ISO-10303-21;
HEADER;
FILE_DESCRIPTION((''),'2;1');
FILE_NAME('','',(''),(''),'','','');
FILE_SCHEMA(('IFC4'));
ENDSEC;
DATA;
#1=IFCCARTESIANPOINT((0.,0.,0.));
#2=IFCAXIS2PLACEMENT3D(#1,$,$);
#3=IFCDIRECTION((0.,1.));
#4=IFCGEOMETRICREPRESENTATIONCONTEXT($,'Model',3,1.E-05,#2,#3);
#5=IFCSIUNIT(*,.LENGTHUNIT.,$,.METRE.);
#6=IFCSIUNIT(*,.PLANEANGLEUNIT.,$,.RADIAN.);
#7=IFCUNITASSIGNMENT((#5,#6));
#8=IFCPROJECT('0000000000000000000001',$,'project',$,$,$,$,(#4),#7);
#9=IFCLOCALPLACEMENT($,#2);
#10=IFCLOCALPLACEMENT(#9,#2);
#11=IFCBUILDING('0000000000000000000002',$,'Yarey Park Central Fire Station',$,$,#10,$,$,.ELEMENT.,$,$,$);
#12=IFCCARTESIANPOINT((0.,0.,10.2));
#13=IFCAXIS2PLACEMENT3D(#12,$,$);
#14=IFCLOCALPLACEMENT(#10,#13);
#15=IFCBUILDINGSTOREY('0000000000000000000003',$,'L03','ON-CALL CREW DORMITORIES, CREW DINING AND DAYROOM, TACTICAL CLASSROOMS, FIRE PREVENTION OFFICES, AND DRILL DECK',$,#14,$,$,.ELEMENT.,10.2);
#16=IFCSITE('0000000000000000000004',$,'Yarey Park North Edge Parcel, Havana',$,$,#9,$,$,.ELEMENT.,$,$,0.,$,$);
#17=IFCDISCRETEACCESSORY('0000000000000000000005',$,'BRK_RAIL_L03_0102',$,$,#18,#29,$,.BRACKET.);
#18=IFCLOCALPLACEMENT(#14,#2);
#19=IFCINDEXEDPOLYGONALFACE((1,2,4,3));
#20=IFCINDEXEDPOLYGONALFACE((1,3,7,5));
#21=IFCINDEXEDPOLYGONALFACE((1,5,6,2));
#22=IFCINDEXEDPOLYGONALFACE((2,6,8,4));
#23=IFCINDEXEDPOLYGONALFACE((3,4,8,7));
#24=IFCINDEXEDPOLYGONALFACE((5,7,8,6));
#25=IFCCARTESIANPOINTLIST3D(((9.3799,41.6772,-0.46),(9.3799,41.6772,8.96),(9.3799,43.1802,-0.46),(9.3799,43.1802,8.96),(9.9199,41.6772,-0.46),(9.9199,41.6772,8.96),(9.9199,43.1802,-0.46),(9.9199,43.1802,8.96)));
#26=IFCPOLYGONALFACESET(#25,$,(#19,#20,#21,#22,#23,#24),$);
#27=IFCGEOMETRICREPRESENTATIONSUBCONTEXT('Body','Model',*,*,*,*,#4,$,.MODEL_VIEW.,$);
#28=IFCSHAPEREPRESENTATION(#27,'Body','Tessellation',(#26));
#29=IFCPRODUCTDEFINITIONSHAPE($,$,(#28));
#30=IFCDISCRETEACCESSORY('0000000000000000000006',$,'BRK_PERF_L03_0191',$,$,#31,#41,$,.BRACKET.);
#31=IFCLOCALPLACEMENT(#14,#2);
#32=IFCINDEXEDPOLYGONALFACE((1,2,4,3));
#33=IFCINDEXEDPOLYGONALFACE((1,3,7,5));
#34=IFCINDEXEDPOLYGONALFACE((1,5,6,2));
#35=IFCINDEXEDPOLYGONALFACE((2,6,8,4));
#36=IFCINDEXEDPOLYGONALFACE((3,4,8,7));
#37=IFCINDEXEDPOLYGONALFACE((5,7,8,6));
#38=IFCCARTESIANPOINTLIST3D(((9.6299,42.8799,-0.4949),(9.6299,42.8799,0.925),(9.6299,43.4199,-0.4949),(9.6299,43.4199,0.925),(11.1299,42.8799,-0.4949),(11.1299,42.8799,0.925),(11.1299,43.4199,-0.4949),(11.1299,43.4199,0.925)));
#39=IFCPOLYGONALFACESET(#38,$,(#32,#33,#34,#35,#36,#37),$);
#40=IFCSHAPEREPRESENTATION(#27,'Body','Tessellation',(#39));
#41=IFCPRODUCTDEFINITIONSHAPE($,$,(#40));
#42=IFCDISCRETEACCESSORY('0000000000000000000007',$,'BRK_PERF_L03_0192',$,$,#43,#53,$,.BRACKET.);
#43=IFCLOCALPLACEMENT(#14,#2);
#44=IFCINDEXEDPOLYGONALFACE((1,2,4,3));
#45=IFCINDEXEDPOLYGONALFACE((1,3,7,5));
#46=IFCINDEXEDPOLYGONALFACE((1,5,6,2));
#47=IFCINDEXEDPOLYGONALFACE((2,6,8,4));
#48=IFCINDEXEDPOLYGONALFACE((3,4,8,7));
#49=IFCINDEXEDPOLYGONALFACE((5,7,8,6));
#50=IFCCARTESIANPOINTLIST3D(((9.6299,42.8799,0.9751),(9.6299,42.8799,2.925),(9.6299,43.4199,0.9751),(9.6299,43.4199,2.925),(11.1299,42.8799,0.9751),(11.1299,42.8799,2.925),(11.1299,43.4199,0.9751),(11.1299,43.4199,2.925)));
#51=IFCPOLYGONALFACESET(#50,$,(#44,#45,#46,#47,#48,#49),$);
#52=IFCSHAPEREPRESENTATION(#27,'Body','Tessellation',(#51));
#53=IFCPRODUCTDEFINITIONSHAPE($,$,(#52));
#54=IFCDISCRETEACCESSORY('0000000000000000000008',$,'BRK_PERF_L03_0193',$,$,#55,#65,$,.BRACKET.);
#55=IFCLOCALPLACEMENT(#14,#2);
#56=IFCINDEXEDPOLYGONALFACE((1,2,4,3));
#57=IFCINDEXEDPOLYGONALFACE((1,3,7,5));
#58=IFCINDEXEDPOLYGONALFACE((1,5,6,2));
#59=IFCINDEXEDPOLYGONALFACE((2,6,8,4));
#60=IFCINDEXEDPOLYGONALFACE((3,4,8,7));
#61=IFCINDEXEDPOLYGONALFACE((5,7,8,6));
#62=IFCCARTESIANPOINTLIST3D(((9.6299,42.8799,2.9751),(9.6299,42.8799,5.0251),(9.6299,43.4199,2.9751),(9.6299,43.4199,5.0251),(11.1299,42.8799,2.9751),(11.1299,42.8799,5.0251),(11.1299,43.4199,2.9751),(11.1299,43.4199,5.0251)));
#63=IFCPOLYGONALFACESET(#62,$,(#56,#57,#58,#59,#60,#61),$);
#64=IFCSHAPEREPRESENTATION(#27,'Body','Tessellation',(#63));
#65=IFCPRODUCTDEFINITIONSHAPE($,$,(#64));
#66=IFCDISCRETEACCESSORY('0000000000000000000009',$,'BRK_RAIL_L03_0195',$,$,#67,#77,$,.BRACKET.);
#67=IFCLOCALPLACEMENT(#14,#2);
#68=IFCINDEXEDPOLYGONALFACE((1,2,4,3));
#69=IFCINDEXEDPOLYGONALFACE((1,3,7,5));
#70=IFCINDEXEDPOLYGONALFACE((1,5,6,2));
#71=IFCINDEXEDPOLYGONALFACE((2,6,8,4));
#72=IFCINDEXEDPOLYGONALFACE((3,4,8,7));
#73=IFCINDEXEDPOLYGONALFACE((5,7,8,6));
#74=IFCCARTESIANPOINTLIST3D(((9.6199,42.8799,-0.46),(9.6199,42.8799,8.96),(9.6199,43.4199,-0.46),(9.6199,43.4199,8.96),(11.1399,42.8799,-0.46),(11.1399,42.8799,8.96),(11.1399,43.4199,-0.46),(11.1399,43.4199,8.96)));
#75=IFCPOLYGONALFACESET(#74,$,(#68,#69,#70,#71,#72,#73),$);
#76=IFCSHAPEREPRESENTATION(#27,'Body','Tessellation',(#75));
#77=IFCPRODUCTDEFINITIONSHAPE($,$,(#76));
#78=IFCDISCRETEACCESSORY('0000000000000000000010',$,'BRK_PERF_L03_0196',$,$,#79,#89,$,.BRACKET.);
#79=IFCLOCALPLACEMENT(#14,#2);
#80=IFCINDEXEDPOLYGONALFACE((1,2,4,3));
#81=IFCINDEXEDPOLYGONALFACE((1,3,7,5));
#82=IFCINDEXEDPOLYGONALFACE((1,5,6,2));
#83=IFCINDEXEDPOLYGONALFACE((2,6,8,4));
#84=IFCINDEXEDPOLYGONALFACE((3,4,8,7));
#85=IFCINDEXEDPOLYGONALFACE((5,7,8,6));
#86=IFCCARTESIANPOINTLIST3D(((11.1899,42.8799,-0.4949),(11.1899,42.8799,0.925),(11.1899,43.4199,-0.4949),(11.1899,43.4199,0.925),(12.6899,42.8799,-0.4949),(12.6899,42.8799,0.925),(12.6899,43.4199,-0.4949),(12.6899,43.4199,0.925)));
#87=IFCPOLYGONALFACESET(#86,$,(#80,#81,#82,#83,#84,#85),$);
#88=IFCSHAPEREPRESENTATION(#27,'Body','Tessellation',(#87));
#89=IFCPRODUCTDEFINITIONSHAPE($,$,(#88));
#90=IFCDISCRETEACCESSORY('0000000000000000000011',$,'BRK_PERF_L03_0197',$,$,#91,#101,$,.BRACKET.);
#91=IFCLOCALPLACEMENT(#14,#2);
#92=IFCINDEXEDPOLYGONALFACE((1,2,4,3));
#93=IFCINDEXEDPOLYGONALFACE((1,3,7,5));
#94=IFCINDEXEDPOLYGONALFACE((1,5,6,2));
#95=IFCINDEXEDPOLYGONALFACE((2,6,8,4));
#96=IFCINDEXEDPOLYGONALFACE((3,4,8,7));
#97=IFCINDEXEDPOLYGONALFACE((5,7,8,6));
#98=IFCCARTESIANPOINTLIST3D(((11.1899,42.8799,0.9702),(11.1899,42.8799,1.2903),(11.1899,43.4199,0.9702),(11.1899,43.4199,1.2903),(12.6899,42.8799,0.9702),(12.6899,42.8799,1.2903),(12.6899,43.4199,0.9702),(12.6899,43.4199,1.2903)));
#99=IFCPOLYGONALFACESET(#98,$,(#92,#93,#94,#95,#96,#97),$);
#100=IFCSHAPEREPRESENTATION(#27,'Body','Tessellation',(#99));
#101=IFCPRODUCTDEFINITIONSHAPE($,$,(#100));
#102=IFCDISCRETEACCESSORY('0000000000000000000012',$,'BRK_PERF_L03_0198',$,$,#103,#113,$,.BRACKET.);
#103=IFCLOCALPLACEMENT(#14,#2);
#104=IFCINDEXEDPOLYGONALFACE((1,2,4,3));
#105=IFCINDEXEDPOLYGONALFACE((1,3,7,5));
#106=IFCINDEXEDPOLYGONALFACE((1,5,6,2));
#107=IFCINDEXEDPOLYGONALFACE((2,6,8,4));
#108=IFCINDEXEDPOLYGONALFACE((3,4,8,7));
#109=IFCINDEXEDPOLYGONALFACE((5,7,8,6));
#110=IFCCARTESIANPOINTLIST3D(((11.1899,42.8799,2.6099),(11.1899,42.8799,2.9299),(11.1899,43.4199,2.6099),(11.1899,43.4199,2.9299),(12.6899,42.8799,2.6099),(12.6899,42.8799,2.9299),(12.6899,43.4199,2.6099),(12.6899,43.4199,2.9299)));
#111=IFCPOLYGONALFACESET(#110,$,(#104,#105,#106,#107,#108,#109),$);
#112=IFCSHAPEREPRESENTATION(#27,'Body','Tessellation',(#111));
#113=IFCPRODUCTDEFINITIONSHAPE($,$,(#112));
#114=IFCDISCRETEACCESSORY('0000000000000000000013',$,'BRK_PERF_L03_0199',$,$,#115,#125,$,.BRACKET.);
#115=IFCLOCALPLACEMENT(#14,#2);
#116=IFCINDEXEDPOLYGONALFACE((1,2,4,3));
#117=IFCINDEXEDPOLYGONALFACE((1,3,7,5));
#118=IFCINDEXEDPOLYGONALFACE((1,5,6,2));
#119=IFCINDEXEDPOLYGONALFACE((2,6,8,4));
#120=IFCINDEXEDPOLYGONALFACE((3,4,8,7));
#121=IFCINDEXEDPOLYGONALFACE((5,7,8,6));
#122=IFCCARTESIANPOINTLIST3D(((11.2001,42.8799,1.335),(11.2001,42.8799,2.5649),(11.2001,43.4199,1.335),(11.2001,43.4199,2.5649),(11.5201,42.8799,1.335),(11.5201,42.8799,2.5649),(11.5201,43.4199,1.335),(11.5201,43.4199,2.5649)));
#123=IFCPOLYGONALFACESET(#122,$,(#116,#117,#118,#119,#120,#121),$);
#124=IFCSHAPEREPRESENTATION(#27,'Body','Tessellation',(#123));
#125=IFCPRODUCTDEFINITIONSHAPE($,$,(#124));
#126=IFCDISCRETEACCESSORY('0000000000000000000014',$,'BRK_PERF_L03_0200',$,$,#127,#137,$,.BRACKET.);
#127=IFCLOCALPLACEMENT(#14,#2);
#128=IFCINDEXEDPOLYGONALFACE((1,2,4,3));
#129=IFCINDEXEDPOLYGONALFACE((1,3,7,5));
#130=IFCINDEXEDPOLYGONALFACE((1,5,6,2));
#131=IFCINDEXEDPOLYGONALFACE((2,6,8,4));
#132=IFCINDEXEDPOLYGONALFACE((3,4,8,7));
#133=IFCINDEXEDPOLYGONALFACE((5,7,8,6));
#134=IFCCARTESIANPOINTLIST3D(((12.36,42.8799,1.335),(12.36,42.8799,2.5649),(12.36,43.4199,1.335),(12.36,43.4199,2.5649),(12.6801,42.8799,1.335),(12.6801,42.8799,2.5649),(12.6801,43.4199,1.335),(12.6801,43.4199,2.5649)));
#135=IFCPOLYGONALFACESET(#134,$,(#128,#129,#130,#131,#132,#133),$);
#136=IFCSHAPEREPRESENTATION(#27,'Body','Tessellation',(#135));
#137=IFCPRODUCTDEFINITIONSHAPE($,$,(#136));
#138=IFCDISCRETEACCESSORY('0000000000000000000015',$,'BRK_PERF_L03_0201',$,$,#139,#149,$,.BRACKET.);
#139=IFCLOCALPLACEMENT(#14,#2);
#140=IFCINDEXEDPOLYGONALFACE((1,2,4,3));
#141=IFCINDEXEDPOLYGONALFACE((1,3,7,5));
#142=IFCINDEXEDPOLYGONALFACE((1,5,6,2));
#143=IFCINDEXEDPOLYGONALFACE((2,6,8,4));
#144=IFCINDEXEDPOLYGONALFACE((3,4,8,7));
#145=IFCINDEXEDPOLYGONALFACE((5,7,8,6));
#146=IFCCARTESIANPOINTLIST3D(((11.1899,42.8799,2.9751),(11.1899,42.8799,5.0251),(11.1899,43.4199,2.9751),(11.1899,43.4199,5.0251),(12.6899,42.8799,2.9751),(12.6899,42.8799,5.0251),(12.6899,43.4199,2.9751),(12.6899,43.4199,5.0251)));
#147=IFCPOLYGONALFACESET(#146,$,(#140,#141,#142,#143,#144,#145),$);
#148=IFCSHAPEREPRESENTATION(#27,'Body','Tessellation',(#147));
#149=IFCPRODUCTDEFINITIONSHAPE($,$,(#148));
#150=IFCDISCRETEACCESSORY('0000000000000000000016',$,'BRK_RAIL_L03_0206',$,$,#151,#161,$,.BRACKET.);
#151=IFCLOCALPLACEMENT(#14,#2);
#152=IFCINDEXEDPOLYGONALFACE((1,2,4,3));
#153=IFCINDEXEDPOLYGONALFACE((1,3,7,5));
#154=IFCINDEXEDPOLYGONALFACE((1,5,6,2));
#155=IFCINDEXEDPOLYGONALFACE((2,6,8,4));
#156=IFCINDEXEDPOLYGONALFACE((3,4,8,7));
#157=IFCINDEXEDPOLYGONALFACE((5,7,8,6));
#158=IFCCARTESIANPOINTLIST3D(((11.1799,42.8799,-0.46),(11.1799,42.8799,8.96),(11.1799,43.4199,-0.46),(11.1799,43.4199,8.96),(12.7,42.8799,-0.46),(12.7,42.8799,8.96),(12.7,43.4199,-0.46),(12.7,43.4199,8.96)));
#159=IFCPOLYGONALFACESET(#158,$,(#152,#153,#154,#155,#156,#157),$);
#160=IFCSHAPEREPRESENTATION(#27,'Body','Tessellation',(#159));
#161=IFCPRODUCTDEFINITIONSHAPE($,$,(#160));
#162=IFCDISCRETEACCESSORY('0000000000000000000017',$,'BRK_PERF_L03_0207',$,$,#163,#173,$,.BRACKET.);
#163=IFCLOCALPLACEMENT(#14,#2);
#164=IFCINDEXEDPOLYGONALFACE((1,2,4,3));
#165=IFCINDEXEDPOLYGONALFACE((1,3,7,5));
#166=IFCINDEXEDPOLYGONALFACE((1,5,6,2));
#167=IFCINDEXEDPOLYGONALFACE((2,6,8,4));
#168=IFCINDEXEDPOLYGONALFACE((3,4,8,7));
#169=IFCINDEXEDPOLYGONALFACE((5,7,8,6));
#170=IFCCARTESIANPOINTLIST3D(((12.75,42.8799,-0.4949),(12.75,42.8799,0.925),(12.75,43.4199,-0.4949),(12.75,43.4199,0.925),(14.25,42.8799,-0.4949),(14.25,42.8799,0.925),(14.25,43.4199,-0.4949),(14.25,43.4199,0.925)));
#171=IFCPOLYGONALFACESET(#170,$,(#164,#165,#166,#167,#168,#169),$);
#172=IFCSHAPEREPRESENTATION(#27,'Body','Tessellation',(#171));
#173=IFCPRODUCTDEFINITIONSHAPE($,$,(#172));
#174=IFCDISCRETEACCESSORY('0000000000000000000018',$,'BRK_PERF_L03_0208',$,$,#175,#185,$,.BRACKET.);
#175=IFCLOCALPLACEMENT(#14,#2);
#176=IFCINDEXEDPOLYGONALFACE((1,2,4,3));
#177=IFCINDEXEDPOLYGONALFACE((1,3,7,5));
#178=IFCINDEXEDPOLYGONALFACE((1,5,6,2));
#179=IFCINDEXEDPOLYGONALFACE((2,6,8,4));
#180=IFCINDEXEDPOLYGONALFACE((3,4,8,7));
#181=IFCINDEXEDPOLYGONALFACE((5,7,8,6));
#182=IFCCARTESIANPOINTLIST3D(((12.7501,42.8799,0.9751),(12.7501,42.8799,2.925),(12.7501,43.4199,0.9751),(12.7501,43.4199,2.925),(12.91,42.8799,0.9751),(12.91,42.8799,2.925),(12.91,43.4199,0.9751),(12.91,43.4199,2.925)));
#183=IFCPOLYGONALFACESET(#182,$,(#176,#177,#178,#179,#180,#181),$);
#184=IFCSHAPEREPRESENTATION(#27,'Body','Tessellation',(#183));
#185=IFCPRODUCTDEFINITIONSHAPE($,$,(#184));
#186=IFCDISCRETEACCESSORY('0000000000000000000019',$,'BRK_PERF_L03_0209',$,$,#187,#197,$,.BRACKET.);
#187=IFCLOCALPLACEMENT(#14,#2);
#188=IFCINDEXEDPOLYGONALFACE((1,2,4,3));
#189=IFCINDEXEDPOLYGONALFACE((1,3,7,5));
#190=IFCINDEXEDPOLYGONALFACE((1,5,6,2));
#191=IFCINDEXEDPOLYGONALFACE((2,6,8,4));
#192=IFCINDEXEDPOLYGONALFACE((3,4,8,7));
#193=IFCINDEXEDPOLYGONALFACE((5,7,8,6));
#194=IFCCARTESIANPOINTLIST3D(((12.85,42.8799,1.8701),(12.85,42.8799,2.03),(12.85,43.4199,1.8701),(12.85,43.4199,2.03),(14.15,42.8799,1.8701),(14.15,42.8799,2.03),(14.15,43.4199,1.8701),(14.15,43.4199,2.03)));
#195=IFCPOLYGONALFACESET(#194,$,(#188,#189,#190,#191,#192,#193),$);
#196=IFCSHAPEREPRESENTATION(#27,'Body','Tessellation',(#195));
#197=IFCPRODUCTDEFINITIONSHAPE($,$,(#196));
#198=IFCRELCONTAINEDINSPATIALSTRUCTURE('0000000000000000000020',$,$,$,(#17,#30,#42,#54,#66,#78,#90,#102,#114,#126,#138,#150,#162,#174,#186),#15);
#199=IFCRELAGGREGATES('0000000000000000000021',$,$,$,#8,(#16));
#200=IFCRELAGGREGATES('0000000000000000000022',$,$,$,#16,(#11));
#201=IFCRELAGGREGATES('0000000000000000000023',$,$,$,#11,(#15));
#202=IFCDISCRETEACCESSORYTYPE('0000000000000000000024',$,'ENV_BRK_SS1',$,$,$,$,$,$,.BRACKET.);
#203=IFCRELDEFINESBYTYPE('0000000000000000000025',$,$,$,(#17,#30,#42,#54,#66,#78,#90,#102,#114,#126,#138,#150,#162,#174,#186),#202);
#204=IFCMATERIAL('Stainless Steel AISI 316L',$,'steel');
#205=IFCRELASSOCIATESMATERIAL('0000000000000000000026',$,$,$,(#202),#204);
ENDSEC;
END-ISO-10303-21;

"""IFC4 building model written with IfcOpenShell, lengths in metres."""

from ifc_helpers import new_model, si_unit, direction, frame, origin, origin_2d, place, context, subcontext, project, spatial, rectangle, extrude, material, type_object, element, save


model = new_model("IFC4")

# Units and contexts
model_context = context("Model", 3, precision=1e-05, world=origin(), true_north=direction((0.0, 1.0)))
body_context = subcontext(model_context, "Body", "Model", "MODEL_VIEW")
ifc_project = project(units=[si_unit("LENGTHUNIT", "METRE"), si_unit("PLANEANGLEUNIT", "RADIAN")], contexts=[model_context])

# Site, building, storey
site_placement = place(None, origin())
site = spatial("IfcSite", under=ifc_project, at=site_placement, Name="Yarey Park North Edge Parcel, Havana", CompositionType="ELEMENT", RefElevation=0.0)
building_placement = place(site_placement, origin())
building = spatial("IfcBuilding", under=site, at=building_placement, Name="Yarey Park Central Fire Station", CompositionType="ELEMENT")
storey_placement = place(building_placement, frame((0.0, 0.0, 10.2)))
storey = spatial("IfcBuildingStorey", under=building, at=storey_placement, Name="L03", Description="ON-CALL CREW DORMITORIES, CREW DINING AND DAYROOM, TACTICAL CLASSROOMS, FIRE PREVENTION OFFICES, AND DRILL DECK", CompositionType="ELEMENT", Elevation=10.2)

# Discrete accessories
ifc_material_1 = material(Name="Stainless Steel AISI 316L", Category="steel")
discrete_accessory_type = type_object("IfcDiscreteAccessoryType", Name="ENV_BRK_SS1", PredefinedType="BRACKET", material=ifc_material_1)
discrete_accessory_1_placement = place(storey_placement, frame((9.6499, 42.4287, -0.46), z_axis=(0.0, 0.0, 1.0), x_axis=(1.0, 0.0, 0.0)))
element("IfcDiscreteAccessory", 1, at=discrete_accessory_1_placement, inside=storey, type_object=discrete_accessory_type, Name="BRK_RAIL_L03_0102", PredefinedType="BRACKET", context=body_context, shape_type="SweptSolid", body=[
    extrude(rectangle(XDim=0.54, YDim=1.5029, at=origin_2d()), origin(), (0.0, 0.0, 1.0), 9.4199),
])
discrete_accessory_2_placement = place(storey_placement, frame((10.3799, 43.1499, -0.4949), z_axis=(0.0, 0.0, 1.0), x_axis=(1.0, 0.0, 0.0)))
element("IfcDiscreteAccessory", 2, at=discrete_accessory_2_placement, inside=storey, type_object=discrete_accessory_type, Name="BRK_PERF_L03_0191", PredefinedType="BRACKET", context=body_context, shape_type="SweptSolid", body=[
    extrude(rectangle(XDim=1.5, YDim=0.54, at=origin_2d()), origin(), (0.0, 0.0, 1.0), 1.4199),
])
discrete_accessory_3_placement = place(storey_placement, frame((10.3799, 43.1499, 0.9751), z_axis=(0.0, 0.0, 1.0), x_axis=(1.0, 0.0, 0.0)))
element("IfcDiscreteAccessory", 3, at=discrete_accessory_3_placement, inside=storey, type_object=discrete_accessory_type, Name="BRK_PERF_L03_0192", PredefinedType="BRACKET", context=body_context, shape_type="SweptSolid", body=[
    extrude(rectangle(XDim=1.5, YDim=0.54, at=origin_2d()), origin(), (0.0, 0.0, 1.0), 1.95),
])
discrete_accessory_4_placement = place(storey_placement, frame((10.3799, 43.1499, 2.9751), z_axis=(0.0, 0.0, 1.0), x_axis=(1.0, 0.0, 0.0)))
element("IfcDiscreteAccessory", 4, at=discrete_accessory_4_placement, inside=storey, type_object=discrete_accessory_type, Name="BRK_PERF_L03_0193", PredefinedType="BRACKET", context=body_context, shape_type="SweptSolid", body=[
    extrude(rectangle(XDim=1.5, YDim=0.54, at=origin_2d()), origin(), (0.0, 0.0, 1.0), 2.05),
])
discrete_accessory_5_placement = place(storey_placement, frame((10.3799, 43.1499, -0.46), z_axis=(0.0, 0.0, 1.0), x_axis=(1.0, 0.0, 0.0)))
element("IfcDiscreteAccessory", 5, at=discrete_accessory_5_placement, inside=storey, type_object=discrete_accessory_type, Name="BRK_RAIL_L03_0195", PredefinedType="BRACKET", context=body_context, shape_type="SweptSolid", body=[
    extrude(rectangle(XDim=1.52, YDim=0.54, at=origin_2d()), origin(), (0.0, 0.0, 1.0), 9.4199),
])
discrete_accessory_6_placement = place(storey_placement, frame((11.9399, 43.1499, -0.4949), z_axis=(0.0, 0.0, 1.0), x_axis=(1.0, 0.0, 0.0)))
element("IfcDiscreteAccessory", 6, at=discrete_accessory_6_placement, inside=storey, type_object=discrete_accessory_type, Name="BRK_PERF_L03_0196", PredefinedType="BRACKET", context=body_context, shape_type="SweptSolid", body=[
    extrude(rectangle(XDim=1.5, YDim=0.54, at=origin_2d()), origin(), (0.0, 0.0, 1.0), 1.4199),
])
for number, where, z_axis, x_axis, name in (
    (7, (11.9399, 43.1499, 0.9702), (0.0, 0.0, 1.0), (1.0, 0.0, 0.0), "BRK_PERF_L03_0197"),
    (8, (11.9399, 43.1499, 2.6099), (0.0, 0.0, 1.0), (1.0, 0.0, 0.0), "BRK_PERF_L03_0198"),
):
    element("IfcDiscreteAccessory", number, at=place(storey_placement, frame(where, z_axis=z_axis, x_axis=x_axis)), inside=storey, type_object=discrete_accessory_type, Name=name, PredefinedType="BRACKET", context=body_context, shape_type="SweptSolid", body=[
        extrude(rectangle(XDim=1.5, YDim=0.54, at=origin_2d()), origin(), (0.0, 0.0, 1.0), 0.3201),
    ])
for number, where, z_axis, x_axis, name in (
    (9, (11.3601, 43.1499, 1.335), (0.0, 0.0, 1.0), (1.0, 0.0, 0.0), "BRK_PERF_L03_0199"),
    (10, (12.52, 43.1499, 1.335), (0.0, 0.0, 1.0), (1.0, 0.0, 0.0), "BRK_PERF_L03_0200"),
):
    element("IfcDiscreteAccessory", number, at=place(storey_placement, frame(where, z_axis=z_axis, x_axis=x_axis)), inside=storey, type_object=discrete_accessory_type, Name=name, PredefinedType="BRACKET", context=body_context, shape_type="SweptSolid", body=[
        extrude(rectangle(XDim=0.3201, YDim=0.54, at=origin_2d()), origin(), (0.0, 0.0, 1.0), 1.23),
    ])
discrete_accessory_7_placement = place(storey_placement, frame((11.9399, 43.1499, 2.9751), z_axis=(0.0, 0.0, 1.0), x_axis=(1.0, 0.0, 0.0)))
element("IfcDiscreteAccessory", 11, at=discrete_accessory_7_placement, inside=storey, type_object=discrete_accessory_type, Name="BRK_PERF_L03_0201", PredefinedType="BRACKET", context=body_context, shape_type="SweptSolid", body=[
    extrude(rectangle(XDim=1.5, YDim=0.54, at=origin_2d()), origin(), (0.0, 0.0, 1.0), 2.05),
])
discrete_accessory_8_placement = place(storey_placement, frame((11.9399, 43.1499, -0.46), z_axis=(0.0, 0.0, 1.0), x_axis=(1.0, 0.0, 0.0)))
element("IfcDiscreteAccessory", 12, at=discrete_accessory_8_placement, inside=storey, type_object=discrete_accessory_type, Name="BRK_RAIL_L03_0206", PredefinedType="BRACKET", context=body_context, shape_type="SweptSolid", body=[
    extrude(rectangle(XDim=1.52, YDim=0.54, at=origin_2d()), origin(), (0.0, 0.0, 1.0), 9.4199),
])
discrete_accessory_9_placement = place(storey_placement, frame((13.5, 43.1499, -0.4949), z_axis=(0.0, 0.0, 1.0), x_axis=(1.0, 0.0, 0.0)))
element("IfcDiscreteAccessory", 13, at=discrete_accessory_9_placement, inside=storey, type_object=discrete_accessory_type, Name="BRK_PERF_L03_0207", PredefinedType="BRACKET", context=body_context, shape_type="SweptSolid", body=[
    extrude(rectangle(XDim=1.5, YDim=0.54, at=origin_2d()), origin(), (0.0, 0.0, 1.0), 1.4199),
])
discrete_accessory_10_placement = place(storey_placement, frame((12.8301, 43.1499, 0.9751), z_axis=(0.0, 0.0, 1.0), x_axis=(1.0, 0.0, 0.0)))
element("IfcDiscreteAccessory", 14, at=discrete_accessory_10_placement, inside=storey, type_object=discrete_accessory_type, Name="BRK_PERF_L03_0208", PredefinedType="BRACKET", context=body_context, shape_type="SweptSolid", body=[
    extrude(rectangle(XDim=0.1599, YDim=0.54, at=origin_2d()), origin(), (0.0, 0.0, 1.0), 1.95),
])
discrete_accessory_11_placement = place(storey_placement, frame((13.5, 43.1499, 1.8701), z_axis=(0.0, 0.0, 1.0), x_axis=(1.0, 0.0, 0.0)))
element("IfcDiscreteAccessory", 15, at=discrete_accessory_11_placement, inside=storey, type_object=discrete_accessory_type, Name="BRK_PERF_L03_0209", PredefinedType="BRACKET", context=body_context, shape_type="SweptSolid", body=[
    extrude(rectangle(XDim=1.3, YDim=0.54, at=origin_2d()), origin(), (0.0, 0.0, 1.0), 0.1599),
])

save(model, "model.ifc")
